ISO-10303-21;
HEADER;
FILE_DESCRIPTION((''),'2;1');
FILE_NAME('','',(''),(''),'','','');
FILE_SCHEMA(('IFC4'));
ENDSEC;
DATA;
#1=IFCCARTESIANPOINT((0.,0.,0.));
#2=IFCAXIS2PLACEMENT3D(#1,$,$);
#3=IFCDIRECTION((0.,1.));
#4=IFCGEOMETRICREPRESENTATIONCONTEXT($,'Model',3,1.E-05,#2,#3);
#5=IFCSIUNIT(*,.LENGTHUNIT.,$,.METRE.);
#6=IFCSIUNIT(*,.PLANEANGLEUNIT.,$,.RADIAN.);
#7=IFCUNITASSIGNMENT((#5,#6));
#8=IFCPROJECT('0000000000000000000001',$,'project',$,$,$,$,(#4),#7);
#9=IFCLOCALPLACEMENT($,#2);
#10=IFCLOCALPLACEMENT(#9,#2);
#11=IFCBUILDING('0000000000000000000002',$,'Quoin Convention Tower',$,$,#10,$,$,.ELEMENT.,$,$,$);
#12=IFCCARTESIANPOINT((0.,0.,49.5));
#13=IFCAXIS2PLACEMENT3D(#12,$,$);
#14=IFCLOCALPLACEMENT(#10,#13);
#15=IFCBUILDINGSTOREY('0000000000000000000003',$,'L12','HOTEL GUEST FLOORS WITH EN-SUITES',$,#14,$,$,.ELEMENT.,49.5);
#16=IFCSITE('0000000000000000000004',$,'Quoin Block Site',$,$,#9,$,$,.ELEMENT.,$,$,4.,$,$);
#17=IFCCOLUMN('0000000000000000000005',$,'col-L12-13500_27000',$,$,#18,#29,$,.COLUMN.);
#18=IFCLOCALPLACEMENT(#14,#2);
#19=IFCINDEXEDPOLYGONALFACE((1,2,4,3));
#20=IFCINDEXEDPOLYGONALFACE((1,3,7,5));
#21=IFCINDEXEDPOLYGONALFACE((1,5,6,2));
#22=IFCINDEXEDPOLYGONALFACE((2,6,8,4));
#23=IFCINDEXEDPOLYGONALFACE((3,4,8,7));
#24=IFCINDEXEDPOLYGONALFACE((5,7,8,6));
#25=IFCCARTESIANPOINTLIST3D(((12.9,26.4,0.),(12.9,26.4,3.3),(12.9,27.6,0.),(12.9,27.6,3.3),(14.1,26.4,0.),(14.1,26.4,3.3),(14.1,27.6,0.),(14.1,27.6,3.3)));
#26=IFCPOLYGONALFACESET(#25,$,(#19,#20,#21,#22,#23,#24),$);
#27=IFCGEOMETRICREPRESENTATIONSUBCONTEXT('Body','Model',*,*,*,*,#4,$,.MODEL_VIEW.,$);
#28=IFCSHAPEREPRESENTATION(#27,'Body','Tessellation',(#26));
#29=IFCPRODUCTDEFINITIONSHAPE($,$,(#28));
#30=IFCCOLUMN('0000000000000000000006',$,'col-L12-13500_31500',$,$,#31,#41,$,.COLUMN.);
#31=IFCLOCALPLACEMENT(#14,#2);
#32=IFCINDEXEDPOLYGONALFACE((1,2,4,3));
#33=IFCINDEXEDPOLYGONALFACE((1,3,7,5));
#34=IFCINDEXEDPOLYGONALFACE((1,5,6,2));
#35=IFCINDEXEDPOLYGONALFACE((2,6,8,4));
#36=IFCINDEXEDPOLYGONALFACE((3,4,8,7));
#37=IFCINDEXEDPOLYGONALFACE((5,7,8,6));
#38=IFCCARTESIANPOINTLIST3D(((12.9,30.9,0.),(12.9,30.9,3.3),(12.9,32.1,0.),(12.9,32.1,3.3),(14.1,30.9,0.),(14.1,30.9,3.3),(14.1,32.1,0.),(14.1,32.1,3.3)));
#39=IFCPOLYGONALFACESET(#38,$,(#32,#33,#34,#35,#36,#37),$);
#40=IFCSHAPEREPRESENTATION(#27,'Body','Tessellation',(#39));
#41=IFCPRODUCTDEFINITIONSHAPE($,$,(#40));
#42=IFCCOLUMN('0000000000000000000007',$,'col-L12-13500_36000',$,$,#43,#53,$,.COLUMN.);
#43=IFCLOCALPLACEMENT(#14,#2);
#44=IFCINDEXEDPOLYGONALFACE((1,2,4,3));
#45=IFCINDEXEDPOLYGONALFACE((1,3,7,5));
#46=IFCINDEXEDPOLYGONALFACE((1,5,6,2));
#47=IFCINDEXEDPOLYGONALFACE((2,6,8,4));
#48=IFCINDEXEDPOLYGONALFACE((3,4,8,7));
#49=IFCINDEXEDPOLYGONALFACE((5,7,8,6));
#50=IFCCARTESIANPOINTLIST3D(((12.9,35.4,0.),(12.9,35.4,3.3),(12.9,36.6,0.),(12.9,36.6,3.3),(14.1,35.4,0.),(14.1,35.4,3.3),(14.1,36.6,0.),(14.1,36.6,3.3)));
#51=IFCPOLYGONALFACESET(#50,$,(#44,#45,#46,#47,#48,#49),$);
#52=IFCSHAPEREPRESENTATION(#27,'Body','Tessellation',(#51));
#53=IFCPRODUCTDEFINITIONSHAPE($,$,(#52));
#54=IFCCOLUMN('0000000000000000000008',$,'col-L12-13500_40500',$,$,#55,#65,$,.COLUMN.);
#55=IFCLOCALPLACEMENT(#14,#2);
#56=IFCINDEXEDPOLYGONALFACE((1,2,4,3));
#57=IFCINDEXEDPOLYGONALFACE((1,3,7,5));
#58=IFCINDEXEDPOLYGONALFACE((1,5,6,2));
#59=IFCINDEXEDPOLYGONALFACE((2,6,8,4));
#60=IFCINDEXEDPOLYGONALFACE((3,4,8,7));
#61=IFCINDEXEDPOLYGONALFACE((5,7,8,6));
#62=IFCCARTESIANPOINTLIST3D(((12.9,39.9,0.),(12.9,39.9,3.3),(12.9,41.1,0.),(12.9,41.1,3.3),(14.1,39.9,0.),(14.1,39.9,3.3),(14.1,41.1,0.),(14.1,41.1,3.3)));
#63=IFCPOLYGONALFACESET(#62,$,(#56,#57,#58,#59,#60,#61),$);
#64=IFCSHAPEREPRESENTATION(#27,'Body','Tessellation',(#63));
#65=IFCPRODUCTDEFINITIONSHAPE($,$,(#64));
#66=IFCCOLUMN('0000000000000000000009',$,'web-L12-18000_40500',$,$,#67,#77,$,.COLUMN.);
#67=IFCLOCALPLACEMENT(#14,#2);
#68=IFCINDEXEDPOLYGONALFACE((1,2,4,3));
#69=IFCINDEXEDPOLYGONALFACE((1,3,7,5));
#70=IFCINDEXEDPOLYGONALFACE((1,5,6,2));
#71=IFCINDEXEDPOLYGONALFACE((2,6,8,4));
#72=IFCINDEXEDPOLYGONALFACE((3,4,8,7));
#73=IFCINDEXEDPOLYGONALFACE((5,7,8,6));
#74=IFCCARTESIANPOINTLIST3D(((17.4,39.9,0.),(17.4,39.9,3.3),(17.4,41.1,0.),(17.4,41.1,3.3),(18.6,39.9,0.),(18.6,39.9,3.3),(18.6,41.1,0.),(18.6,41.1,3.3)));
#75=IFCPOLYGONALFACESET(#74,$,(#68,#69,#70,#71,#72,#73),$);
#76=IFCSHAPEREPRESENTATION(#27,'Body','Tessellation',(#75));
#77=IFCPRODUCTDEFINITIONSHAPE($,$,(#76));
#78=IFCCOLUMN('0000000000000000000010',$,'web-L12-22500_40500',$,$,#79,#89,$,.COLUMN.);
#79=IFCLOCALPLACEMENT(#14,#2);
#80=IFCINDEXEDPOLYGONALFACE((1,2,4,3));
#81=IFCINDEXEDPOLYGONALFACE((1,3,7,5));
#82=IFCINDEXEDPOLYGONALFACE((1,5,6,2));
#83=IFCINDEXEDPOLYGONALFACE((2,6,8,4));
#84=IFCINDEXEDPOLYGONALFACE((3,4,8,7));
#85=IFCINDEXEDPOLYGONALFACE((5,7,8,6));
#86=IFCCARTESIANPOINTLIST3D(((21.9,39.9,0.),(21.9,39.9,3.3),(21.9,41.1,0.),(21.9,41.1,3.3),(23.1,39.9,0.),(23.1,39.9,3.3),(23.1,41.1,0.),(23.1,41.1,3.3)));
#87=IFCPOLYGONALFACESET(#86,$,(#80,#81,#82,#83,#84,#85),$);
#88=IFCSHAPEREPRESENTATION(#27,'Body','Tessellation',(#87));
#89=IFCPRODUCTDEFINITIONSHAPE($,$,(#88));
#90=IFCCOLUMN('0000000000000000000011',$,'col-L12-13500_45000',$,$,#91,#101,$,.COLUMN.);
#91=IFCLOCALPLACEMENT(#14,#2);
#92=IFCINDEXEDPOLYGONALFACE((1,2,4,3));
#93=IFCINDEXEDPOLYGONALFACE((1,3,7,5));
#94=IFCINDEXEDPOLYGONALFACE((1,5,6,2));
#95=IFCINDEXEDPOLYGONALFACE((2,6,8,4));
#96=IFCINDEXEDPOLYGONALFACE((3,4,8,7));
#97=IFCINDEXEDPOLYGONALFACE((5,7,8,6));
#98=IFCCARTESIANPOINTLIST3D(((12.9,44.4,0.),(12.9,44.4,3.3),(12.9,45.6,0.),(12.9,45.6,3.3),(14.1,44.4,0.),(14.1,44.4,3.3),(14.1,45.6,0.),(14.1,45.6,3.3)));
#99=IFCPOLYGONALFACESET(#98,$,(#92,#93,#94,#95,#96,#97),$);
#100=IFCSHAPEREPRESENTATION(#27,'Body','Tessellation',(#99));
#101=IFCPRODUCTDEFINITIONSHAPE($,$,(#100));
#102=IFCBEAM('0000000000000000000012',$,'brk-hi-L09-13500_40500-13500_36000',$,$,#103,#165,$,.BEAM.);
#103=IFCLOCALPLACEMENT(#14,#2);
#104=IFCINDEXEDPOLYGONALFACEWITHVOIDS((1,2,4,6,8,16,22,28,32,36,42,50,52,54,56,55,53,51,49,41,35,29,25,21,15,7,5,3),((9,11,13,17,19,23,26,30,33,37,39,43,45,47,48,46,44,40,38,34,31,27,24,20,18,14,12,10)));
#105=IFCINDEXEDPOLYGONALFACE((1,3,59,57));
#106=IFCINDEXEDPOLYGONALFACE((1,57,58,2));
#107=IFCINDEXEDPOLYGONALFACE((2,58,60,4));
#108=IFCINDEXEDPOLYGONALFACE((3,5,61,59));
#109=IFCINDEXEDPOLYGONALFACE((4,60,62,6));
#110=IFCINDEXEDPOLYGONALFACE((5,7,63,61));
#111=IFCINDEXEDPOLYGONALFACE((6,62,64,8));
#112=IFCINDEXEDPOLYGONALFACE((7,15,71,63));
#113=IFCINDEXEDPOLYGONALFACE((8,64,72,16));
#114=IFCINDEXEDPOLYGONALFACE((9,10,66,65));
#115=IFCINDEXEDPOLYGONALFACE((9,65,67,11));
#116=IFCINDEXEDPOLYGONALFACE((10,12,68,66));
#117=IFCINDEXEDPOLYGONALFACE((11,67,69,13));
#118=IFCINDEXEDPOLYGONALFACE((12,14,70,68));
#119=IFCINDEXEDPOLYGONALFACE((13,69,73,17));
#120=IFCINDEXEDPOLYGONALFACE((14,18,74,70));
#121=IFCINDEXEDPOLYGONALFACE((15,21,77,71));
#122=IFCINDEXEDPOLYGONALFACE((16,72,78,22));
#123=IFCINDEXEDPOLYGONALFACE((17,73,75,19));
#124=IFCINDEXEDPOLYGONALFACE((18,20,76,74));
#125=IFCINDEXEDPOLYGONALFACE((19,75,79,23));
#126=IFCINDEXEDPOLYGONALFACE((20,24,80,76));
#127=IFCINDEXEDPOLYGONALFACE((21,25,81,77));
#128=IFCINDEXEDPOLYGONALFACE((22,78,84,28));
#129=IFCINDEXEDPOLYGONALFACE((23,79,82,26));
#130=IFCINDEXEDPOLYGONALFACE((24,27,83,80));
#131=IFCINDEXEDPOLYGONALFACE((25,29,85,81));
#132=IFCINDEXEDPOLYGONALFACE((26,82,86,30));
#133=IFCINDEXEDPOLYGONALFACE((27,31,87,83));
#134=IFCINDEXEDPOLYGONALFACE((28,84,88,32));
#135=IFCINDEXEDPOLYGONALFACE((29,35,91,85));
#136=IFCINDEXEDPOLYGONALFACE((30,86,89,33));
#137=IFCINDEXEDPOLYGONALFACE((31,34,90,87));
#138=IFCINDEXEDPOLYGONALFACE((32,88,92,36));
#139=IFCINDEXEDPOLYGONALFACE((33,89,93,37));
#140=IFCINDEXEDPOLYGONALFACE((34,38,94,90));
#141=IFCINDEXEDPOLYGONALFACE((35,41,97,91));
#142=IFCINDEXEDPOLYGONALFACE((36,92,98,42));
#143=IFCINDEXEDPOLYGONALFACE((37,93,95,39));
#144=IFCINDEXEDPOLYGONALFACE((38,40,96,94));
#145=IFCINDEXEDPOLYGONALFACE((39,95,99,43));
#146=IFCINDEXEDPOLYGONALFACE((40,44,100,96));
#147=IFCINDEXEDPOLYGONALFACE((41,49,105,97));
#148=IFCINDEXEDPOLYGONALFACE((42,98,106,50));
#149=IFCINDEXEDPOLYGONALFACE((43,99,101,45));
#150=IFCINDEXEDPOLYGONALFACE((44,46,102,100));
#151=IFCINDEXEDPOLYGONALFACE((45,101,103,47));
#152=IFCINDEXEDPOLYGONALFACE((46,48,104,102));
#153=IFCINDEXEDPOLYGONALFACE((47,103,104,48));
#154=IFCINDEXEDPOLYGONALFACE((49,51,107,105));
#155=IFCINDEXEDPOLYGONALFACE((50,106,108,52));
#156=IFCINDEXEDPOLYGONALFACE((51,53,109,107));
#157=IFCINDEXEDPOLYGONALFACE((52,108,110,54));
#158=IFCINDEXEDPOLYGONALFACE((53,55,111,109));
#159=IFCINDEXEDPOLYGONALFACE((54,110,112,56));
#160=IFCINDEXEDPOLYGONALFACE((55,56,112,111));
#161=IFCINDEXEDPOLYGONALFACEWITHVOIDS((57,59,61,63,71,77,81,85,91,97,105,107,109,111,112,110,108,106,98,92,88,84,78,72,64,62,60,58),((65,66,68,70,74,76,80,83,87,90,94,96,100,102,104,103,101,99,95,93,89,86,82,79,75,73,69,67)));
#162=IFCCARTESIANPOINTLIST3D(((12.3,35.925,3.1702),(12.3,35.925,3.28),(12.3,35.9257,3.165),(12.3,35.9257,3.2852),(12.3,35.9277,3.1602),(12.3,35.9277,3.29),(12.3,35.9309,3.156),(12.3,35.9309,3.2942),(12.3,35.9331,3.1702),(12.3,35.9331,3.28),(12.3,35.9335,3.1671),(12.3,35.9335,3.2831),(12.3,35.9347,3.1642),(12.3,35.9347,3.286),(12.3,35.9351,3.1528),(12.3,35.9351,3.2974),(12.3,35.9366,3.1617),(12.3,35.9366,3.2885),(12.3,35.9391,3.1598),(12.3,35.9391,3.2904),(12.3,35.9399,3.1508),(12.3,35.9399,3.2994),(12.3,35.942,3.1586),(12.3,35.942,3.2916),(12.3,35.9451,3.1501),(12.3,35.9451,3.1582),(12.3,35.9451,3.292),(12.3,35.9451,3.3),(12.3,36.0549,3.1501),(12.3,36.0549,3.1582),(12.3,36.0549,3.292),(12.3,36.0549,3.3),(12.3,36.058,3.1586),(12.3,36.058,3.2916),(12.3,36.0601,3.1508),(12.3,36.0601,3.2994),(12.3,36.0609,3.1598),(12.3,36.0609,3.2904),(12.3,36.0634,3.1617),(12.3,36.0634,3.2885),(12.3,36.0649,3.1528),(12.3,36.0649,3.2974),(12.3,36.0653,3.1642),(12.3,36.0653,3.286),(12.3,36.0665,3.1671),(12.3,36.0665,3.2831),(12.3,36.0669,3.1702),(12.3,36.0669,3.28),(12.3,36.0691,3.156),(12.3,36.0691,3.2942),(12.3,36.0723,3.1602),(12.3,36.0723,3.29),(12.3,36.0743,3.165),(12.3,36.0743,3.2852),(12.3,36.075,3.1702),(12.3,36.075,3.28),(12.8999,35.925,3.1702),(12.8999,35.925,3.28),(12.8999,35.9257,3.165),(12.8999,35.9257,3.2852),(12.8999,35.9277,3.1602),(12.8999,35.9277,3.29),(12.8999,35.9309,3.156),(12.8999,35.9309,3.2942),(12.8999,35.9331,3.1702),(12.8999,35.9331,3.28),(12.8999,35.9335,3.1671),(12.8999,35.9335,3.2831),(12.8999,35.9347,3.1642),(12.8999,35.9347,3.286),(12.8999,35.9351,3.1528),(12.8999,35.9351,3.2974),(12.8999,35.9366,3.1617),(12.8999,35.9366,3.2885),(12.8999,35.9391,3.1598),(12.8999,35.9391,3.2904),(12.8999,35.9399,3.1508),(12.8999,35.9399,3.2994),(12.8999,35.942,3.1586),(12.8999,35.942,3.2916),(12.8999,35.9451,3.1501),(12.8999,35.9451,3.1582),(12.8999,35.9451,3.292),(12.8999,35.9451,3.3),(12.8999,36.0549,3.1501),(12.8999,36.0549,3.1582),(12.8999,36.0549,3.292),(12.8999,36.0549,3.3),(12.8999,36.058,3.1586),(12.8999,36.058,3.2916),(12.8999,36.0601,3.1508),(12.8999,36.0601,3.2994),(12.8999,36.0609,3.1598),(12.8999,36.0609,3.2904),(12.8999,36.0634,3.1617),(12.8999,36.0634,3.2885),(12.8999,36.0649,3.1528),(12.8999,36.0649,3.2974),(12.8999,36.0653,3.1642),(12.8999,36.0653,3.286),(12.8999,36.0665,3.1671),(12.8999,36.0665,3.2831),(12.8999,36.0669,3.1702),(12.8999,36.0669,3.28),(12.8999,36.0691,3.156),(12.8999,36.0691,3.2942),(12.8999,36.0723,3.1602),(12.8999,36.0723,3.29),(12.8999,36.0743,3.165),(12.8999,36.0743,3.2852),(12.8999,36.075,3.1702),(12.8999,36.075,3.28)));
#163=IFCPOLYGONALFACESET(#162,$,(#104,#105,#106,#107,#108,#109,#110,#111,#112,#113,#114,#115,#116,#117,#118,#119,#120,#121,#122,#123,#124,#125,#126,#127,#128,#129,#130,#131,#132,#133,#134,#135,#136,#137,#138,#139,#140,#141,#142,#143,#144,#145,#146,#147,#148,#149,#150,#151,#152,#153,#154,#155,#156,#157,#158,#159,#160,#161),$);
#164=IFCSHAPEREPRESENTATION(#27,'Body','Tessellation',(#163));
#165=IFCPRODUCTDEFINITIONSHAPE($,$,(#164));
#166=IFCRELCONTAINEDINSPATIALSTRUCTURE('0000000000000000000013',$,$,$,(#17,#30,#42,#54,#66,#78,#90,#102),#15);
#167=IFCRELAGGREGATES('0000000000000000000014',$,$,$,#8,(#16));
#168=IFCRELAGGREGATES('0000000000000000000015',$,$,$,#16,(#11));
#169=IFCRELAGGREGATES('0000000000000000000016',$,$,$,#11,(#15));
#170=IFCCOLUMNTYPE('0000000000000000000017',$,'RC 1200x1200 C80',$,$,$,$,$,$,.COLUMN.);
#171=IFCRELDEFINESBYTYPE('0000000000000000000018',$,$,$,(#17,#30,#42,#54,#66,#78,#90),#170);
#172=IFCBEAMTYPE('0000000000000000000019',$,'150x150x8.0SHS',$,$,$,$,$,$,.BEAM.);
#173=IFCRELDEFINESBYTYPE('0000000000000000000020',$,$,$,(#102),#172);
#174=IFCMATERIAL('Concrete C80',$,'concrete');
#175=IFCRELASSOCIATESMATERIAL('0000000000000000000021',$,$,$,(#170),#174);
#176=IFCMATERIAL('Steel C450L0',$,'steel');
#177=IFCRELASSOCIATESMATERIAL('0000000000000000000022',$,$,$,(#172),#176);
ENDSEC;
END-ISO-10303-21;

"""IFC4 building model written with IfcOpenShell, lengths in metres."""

from ifc_helpers import new_model, si_unit, direction, frame, origin, origin_2d, place, context, subcontext, project, spatial, rectangle, hollow_rectangle, extrude, material, material_profile, profile_set, type_object, element, save


model = new_model("IFC4")

# Units and contexts
model_context = context("Model", 3, precision=1e-05, world=origin(), true_north=direction((0.0, 1.0)))
body_context = subcontext(model_context, "Body", "Model", "MODEL_VIEW")
ifc_project = project(units=[si_unit("LENGTHUNIT", "METRE"), si_unit("PLANEANGLEUNIT", "RADIAN")], contexts=[model_context])

# Site, building, storey
site_placement = place(None, origin())
site = spatial("IfcSite", under=ifc_project, at=site_placement, Name="Quoin Block Site", CompositionType="ELEMENT", RefElevation=4.0)
building_placement = place(site_placement, origin())
building = spatial("IfcBuilding", under=site, at=building_placement, Name="Quoin Convention Tower", CompositionType="ELEMENT")
storey_placement = place(building_placement, frame((0.0, 0.0, 49.5)))
storey = spatial("IfcBuildingStorey", under=building, at=storey_placement, Name="L12", Description="HOTEL GUEST FLOORS WITH EN-SUITES", CompositionType="ELEMENT", Elevation=49.5)

# Columns
ifc_material_1 = material(Name="Concrete C80", Category="concrete")
ifc_material_profile_1 = material_profile(ifc_material_1, rectangle(XDim=1.2, YDim=1.2, at=origin_2d()), Name="RC 1200x1200")
ifc_profile_set_1 = profile_set([ifc_material_profile_1], Name="Concrete C80")
column_type = type_object("IfcColumnType", Name="RC 1200x1200 C80", PredefinedType="COLUMN", material=ifc_profile_set_1)
for number, where, z_axis, x_axis, name in (
    (1, (13.5, 27.0, 0.0), (0.0, 0.0, 1.0), (1.0, 0.0, 0.0), "col-L12-13500_27000"),
    (2, (13.5, 31.5, 0.0), (0.0, 0.0, 1.0), (1.0, 0.0, 0.0), "col-L12-13500_31500"),
    (3, (13.5, 36.0, 0.0), (0.0, 0.0, 1.0), (1.0, 0.0, 0.0), "col-L12-13500_36000"),
    (4, (13.5, 40.5, 0.0), (0.0, 0.0, 1.0), (1.0, 0.0, 0.0), "col-L12-13500_40500"),
    (5, (18.0, 40.5, 0.0), (0.0, 0.0, 1.0), (1.0, 0.0, 0.0), "web-L12-18000_40500"),
    (6, (22.5, 40.5, 0.0), (0.0, 0.0, 1.0), (1.0, 0.0, 0.0), "web-L12-22500_40500"),
    (7, (13.5, 45.0, 0.0), (0.0, 0.0, 1.0), (1.0, 0.0, 0.0), "col-L12-13500_45000"),
):
    element("IfcColumn", number, at=place(storey_placement, frame(where, z_axis=z_axis, x_axis=x_axis)), inside=storey, type_object=column_type, Name=name, PredefinedType="COLUMN", context=body_context, shape_type="SweptSolid", body=[
        extrude(rectangle(XDim=1.2, YDim=1.2, at=origin_2d()), origin(), (0.0, 0.0, 1.0), 3.3),
    ])

# Beam
ifc_material_2 = material(Name="Steel C450L0", Category="steel")
ifc_material_profile_2 = material_profile(ifc_material_2, hollow_rectangle(XDim=0.1499, YDim=0.1499, WallThickness=0.0081, InnerFilletRadius=0.012, OuterFilletRadius=0.02, at=origin_2d()), Name="150x150x8.0SHS")
ifc_profile_set_2 = profile_set([ifc_material_profile_2], Name="Steel C450L0")
beam_type_1 = type_object("IfcBeamType", Name="150x150x8.0SHS", PredefinedType="BEAM", material=ifc_profile_set_2)
for number, where, z_axis, x_axis, name in (
    (8, (12.8999, 36.0, 3.2251), (-1.0, 0.0, 0.0), (0.0, -1.0, 0.0), "brk-hi-L09-13500_40500-13500_36000"),
):
    element("IfcBeam", number, at=place(storey_placement, frame(where, z_axis=z_axis, x_axis=x_axis)), inside=storey, type_object=beam_type_1, Name=name, PredefinedType="BEAM", context=body_context, shape_type="SweptSolid", body=[
        extrude(hollow_rectangle(XDim=0.1499, YDim=0.1499, WallThickness=0.0081, InnerFilletRadius=0.012, OuterFilletRadius=0.02, at=origin_2d()), origin(), (0.0, 0.0, 1.0), 0.5999),
    ])

save(model, "model.ifc")
